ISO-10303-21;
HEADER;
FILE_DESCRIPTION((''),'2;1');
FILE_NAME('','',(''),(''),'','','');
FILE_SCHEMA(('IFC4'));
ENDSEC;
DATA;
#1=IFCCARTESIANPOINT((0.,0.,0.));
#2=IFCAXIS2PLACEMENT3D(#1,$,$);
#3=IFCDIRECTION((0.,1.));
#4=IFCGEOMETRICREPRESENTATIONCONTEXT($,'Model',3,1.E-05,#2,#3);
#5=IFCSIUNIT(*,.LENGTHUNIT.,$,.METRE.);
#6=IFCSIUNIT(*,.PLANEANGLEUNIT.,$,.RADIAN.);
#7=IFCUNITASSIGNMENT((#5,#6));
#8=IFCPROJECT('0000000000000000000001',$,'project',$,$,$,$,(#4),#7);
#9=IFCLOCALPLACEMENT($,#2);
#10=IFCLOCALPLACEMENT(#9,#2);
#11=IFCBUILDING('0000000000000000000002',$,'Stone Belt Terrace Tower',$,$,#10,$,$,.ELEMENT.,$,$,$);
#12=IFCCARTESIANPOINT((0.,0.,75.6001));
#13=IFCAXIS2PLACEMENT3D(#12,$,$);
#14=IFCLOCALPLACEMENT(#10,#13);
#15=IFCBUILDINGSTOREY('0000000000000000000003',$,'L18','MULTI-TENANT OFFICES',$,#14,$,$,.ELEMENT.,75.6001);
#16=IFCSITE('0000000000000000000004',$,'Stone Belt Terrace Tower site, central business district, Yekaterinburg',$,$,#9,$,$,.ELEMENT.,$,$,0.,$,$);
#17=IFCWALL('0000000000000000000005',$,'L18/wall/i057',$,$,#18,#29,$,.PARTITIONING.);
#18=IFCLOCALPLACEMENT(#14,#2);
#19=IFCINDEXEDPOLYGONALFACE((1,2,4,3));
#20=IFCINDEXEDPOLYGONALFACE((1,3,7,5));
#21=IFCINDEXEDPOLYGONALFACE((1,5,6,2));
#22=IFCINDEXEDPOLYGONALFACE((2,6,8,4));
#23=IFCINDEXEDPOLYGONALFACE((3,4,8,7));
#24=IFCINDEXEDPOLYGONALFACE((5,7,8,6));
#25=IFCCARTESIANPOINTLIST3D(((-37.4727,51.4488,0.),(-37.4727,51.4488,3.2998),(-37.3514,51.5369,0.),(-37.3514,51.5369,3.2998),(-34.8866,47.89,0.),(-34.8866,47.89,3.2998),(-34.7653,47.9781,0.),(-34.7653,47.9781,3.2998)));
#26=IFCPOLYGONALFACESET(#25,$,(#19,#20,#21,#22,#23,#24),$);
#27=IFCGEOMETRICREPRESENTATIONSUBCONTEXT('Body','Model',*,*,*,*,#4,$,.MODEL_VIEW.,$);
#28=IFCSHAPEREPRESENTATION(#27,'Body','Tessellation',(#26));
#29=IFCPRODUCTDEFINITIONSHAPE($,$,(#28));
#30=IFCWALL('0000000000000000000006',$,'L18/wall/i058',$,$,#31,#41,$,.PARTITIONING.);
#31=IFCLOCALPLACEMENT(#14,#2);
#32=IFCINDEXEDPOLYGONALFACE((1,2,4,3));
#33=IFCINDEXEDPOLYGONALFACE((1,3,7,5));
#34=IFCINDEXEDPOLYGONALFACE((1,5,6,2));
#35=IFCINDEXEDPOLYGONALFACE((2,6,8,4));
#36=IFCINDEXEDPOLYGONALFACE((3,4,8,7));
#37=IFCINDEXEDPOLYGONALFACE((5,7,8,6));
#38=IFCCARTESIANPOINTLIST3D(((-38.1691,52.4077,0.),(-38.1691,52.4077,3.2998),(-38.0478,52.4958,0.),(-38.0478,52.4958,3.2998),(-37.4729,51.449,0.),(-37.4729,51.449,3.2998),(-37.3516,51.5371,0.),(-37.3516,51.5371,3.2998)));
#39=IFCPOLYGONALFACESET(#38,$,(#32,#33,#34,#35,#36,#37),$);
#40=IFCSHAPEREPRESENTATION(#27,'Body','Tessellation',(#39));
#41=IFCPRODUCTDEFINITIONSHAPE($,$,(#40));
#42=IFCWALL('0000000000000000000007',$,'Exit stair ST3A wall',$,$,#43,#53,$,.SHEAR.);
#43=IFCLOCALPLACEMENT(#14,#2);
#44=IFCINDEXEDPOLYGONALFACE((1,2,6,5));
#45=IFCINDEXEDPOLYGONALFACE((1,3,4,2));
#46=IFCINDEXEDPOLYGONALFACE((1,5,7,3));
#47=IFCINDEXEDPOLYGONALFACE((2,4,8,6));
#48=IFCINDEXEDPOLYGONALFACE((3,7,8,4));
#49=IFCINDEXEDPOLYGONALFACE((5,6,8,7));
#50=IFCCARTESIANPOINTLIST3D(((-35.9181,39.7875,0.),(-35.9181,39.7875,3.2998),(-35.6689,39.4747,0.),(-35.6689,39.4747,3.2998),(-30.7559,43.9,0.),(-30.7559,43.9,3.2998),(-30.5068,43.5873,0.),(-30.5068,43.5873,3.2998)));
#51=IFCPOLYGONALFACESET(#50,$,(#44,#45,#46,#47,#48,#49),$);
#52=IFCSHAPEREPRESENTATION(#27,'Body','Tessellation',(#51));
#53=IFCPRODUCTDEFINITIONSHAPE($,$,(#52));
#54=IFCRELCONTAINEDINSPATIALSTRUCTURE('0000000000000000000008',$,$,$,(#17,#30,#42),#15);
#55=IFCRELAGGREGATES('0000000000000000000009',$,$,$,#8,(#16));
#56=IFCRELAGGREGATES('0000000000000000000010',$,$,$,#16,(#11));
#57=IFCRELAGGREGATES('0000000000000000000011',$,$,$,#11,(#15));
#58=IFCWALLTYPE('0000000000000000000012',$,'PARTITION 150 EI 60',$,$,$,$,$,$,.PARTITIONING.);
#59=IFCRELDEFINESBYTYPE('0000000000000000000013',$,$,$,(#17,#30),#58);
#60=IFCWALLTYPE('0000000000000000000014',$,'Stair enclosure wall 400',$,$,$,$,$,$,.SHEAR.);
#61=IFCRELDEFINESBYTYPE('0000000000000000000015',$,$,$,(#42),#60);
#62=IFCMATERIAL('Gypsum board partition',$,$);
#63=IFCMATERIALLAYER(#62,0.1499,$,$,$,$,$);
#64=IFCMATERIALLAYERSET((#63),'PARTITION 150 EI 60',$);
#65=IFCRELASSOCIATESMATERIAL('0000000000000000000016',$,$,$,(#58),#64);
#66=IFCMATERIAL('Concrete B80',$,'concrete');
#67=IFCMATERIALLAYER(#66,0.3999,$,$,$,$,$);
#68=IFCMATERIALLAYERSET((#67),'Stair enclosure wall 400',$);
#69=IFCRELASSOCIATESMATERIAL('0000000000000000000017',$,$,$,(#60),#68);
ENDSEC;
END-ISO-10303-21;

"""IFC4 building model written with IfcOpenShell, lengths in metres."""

from ifc_helpers import new_model, si_unit, direction, frame, frame_2d, origin, place, context, subcontext, project, spatial, rectangle, extrude, material, layer, layer_set, type_object, element, save


model = new_model("IFC4")

# Units and contexts
model_context = context("Model", 3, precision=1e-05, world=origin(), true_north=direction((0.0, 1.0)))
body_context = subcontext(model_context, "Body", "Model", "MODEL_VIEW")
ifc_project = project(units=[si_unit("LENGTHUNIT", "METRE"), si_unit("PLANEANGLEUNIT", "RADIAN")], contexts=[model_context])

# Site, building, storey
site_placement = place(None, origin())
site = spatial("IfcSite", under=ifc_project, at=site_placement, Name="Stone Belt Terrace Tower site, central business district, Yekaterinburg", CompositionType="ELEMENT", RefElevation=0.0)
building_placement = place(site_placement, origin())
building = spatial("IfcBuilding", under=site, at=building_placement, Name="Stone Belt Terrace Tower", CompositionType="ELEMENT")
storey_placement = place(building_placement, frame((0.0, 0.0, 75.6001)))
storey = spatial("IfcBuildingStorey", under=building, at=storey_placement, Name="L18", Description="MULTI-TENANT OFFICES", CompositionType="ELEMENT", Elevation=75.6001)

# Shared definitions
ifc_material_1 = material(Name="Concrete B80", Category="concrete")

# Shared definitions
ifc_material_2 = material(Name="Gypsum board partition")
ifc_layer_1 = layer(ifc_material_2, 0.1499)
ifc_layer_set_1 = layer_set([ifc_layer_1], Name="PARTITION 150 EI 60")
wall_type_1 = type_object("IfcWallType", Name="PARTITION 150 EI 60", PredefinedType="PARTITIONING", material=ifc_layer_set_1)

# Walls
wall_1_placement = place(storey_placement, frame((-37.4121, 51.4929, 0.0), z_axis=(0.0, 0.0, 1.0), x_axis=(0.587865, -0.808959, 0.0)))
element("IfcWall", 1, at=wall_1_placement, inside=storey, type_object=wall_type_1, Name="L18/wall/i057", PredefinedType="PARTITIONING", context=body_context, shape_type="SweptSolid", body=[
    extrude(rectangle(XDim=4.3992, YDim=0.1499, at=frame_2d((2.1997, 0.0))), origin(), (0.0, 0.0, 1.0), 3.2998),
])
wall_2_placement = place(storey_placement, frame((-38.1084, 52.4517, 0.0), z_axis=(0.0, 0.0, 1.0), x_axis=(0.587633, -0.809128, 0.0)))
element("IfcWall", 2, at=wall_2_placement, inside=storey, type_object=wall_type_1, Name="L18/wall/i058", PredefinedType="PARTITIONING", context=body_context, shape_type="SweptSolid", body=[
    extrude(rectangle(XDim=1.1848, YDim=0.1499, at=frame_2d((0.5923, 0.0))), origin(), (0.0, 0.0, 1.0), 3.2998),
])
ifc_layer_2 = layer(ifc_material_1, 0.3999)
ifc_layer_set_2 = layer_set([ifc_layer_2], Name="Stair enclosure wall 400")
wall_type_2 = type_object("IfcWallType", Name="Stair enclosure wall 400", PredefinedType="SHEAR", material=ifc_layer_set_2)
wall_3_placement = place(storey_placement, frame((-30.6313, 43.7437, 0.0), z_axis=(0.0, 0.0, 1.0), x_axis=(-0.782134, -0.62311, 0.0)))
element("IfcWall", 3, at=wall_3_placement, inside=storey, type_object=wall_type_2, Name="Exit stair ST3A wall", PredefinedType="SHEAR", context=body_context, shape_type="SweptSolid", body=[
    extrude(rectangle(XDim=6.6001, YDim=0.3999, at=frame_2d((3.3, 0.0))), origin(), (0.0, 0.0, 1.0), 3.2998),
])

save(model, "model.ifc")
